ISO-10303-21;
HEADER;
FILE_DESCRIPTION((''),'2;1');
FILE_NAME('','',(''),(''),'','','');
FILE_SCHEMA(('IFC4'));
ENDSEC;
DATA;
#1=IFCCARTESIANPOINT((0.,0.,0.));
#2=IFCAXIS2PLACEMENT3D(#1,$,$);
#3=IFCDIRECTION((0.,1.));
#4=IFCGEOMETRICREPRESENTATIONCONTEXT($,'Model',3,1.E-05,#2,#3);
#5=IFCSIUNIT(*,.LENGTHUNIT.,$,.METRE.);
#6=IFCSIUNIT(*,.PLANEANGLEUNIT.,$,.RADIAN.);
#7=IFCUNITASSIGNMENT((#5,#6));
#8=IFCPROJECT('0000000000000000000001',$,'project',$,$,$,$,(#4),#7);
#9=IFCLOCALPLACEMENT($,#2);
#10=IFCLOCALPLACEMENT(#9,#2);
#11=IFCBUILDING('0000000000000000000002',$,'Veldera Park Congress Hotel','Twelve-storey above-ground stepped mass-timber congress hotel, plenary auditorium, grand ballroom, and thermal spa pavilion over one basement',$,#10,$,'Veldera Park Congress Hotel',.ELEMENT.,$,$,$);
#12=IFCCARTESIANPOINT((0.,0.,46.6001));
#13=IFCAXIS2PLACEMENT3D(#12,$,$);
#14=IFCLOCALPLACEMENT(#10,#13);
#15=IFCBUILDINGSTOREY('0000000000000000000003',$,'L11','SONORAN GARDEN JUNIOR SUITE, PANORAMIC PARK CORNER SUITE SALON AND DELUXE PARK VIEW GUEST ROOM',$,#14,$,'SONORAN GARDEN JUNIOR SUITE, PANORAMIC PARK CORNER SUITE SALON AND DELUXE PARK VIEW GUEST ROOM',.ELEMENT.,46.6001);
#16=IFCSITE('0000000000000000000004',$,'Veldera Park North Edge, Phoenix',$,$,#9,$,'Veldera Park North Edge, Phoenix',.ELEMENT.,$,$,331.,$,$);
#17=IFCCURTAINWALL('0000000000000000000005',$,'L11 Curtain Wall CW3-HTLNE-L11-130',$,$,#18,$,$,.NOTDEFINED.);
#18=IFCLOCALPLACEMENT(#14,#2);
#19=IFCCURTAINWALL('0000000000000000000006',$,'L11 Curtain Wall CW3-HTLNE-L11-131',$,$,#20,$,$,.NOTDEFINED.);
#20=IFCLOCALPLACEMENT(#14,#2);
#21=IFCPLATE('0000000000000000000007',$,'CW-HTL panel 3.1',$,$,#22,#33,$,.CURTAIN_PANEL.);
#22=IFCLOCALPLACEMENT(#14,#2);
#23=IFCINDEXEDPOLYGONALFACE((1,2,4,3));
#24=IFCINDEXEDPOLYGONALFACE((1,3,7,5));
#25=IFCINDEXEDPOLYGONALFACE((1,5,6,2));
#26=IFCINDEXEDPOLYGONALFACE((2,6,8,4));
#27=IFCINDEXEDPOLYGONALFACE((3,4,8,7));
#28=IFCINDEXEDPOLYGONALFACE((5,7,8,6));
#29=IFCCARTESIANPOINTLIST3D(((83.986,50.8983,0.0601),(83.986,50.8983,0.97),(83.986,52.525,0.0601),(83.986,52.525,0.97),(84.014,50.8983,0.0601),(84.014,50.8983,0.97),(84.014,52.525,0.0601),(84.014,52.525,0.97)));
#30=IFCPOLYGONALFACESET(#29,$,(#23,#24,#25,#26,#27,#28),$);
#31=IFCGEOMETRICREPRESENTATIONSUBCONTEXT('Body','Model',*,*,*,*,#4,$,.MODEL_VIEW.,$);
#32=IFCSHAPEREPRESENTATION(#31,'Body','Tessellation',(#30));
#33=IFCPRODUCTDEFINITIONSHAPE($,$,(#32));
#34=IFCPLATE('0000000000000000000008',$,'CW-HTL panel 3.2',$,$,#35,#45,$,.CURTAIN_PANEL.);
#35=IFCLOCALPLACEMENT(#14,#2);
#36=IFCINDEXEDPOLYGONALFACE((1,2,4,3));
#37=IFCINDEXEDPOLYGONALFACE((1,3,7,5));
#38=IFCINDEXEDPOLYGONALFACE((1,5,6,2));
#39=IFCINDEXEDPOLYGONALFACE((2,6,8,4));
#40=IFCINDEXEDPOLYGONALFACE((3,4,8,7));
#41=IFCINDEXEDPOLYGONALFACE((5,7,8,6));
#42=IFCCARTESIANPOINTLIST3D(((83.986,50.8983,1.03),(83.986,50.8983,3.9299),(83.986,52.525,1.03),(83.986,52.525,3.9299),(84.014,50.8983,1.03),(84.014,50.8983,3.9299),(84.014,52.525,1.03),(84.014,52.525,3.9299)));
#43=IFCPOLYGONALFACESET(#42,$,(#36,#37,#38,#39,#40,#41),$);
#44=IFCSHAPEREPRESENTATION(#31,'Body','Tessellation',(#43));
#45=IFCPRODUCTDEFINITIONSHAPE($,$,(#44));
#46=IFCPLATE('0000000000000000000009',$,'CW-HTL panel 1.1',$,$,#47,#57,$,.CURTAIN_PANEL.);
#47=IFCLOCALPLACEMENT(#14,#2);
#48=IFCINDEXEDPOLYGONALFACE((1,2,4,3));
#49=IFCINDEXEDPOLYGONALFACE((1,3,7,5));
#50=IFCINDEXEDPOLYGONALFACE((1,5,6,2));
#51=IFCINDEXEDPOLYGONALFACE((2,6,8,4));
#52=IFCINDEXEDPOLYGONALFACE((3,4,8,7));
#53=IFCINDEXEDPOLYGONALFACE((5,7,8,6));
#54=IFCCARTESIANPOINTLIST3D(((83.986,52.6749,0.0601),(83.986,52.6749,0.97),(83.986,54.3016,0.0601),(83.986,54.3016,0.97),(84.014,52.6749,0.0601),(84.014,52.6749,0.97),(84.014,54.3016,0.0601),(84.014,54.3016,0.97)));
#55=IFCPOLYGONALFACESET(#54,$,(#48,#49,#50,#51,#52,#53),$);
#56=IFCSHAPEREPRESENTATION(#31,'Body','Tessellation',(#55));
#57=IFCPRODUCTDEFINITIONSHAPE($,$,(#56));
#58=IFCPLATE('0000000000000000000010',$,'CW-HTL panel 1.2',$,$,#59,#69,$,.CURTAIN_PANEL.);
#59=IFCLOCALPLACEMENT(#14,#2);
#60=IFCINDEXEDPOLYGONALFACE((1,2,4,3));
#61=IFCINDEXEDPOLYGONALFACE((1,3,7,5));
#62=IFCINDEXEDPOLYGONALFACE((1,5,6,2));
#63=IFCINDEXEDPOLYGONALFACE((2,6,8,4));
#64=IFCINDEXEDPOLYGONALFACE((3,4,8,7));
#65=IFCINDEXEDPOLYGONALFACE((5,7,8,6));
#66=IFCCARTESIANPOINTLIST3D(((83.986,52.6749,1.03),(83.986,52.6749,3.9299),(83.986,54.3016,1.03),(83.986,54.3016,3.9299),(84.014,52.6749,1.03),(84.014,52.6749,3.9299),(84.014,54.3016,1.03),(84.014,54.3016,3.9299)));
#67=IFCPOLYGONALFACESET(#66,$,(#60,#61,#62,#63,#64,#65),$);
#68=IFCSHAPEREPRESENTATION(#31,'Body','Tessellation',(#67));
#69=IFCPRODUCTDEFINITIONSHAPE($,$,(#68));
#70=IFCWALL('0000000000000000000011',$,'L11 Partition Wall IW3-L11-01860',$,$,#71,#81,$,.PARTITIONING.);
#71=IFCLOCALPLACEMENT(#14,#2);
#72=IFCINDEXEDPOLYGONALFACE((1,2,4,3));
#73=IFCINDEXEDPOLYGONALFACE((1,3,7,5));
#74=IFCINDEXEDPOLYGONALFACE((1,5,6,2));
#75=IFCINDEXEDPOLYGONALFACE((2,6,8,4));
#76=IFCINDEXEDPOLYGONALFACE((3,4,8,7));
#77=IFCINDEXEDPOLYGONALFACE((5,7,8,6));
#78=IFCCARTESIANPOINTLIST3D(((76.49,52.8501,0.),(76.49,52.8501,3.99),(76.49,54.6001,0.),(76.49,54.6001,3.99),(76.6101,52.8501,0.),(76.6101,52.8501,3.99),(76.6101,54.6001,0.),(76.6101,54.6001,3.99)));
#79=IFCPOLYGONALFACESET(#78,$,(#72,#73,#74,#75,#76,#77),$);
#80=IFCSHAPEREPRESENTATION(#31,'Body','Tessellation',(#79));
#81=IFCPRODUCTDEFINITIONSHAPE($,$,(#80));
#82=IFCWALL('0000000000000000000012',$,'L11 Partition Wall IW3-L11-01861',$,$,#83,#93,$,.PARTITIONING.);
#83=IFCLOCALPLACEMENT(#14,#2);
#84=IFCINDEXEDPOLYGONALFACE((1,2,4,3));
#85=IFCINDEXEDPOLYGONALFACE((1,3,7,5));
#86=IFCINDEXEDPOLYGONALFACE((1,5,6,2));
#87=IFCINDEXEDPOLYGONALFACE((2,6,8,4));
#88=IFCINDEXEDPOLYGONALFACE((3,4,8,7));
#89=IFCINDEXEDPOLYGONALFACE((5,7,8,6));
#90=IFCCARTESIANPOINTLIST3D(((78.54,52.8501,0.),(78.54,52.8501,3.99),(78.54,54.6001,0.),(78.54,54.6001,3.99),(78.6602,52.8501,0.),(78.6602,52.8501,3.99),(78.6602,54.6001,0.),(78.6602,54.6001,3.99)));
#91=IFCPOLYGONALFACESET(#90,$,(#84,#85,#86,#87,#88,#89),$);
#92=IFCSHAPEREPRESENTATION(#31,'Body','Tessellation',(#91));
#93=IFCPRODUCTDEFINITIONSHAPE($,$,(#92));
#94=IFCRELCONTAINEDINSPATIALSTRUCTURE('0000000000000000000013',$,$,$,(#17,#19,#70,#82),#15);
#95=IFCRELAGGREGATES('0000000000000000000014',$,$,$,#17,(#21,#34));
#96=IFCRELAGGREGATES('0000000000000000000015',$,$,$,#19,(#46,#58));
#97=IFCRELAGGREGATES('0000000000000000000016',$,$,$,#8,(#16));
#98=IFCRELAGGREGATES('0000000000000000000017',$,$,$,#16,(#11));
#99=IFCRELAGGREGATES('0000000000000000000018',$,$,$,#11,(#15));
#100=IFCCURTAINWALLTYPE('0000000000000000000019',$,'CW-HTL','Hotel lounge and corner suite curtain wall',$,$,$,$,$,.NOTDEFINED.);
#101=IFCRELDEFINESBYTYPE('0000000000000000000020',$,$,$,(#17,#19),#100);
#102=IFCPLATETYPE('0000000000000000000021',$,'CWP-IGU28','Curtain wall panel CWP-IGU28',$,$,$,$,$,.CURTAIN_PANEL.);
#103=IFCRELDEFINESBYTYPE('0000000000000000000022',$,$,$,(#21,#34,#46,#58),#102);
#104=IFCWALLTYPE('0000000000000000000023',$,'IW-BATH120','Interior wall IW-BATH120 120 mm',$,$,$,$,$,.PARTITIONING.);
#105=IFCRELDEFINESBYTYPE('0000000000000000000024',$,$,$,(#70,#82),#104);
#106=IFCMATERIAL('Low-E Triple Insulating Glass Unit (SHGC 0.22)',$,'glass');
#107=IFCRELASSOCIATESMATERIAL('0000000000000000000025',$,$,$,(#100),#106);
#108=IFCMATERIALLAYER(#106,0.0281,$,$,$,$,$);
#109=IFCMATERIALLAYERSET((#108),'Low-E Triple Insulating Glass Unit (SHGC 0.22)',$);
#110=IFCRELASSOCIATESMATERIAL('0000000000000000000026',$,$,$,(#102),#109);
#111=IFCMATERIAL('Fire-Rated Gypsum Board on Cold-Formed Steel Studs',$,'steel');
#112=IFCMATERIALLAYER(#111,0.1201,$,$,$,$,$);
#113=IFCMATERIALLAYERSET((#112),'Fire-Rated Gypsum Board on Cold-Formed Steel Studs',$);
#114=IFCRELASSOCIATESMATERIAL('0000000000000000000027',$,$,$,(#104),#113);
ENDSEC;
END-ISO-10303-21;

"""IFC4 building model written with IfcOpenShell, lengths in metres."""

from ifc_helpers import new_model, si_unit, direction, frame, frame_2d, origin, origin_2d, place, context, subcontext, project, spatial, rectangle, extrude, material, layer, layer_set, type_object, element, aggregate, save


model = new_model("IFC4")

# Units and contexts
model_context = context("Model", 3, precision=1e-05, world=origin(), true_north=direction((0.0, 1.0)))
body_context = subcontext(model_context, "Body", "Model", "MODEL_VIEW")
ifc_project = project(units=[si_unit("LENGTHUNIT", "METRE"), si_unit("PLANEANGLEUNIT", "RADIAN")], contexts=[model_context])

# Site, building, storey
site_placement = place(None, origin())
site = spatial("IfcSite", under=ifc_project, at=site_placement, Name="Veldera Park North Edge, Phoenix", LongName="Veldera Park North Edge, Phoenix", CompositionType="ELEMENT", RefElevation=331.0)
building_placement = place(site_placement, origin())
building = spatial("IfcBuilding", under=site, at=building_placement, Name="Veldera Park Congress Hotel", Description="Twelve-storey above-ground stepped mass-timber congress hotel, plenary auditorium, grand ballroom, and thermal spa pavilion over one basement", LongName="Veldera Park Congress Hotel", CompositionType="ELEMENT")
storey_placement = place(building_placement, frame((0.0, 0.0, 46.6001)))
storey = spatial("IfcBuildingStorey", under=building, at=storey_placement, Name="L11", Description="SONORAN GARDEN JUNIOR SUITE, PANORAMIC PARK CORNER SUITE SALON AND DELUXE PARK VIEW GUEST ROOM", LongName="SONORAN GARDEN JUNIOR SUITE, PANORAMIC PARK CORNER SUITE SALON AND DELUXE PARK VIEW GUEST ROOM", CompositionType="ELEMENT", Elevation=46.6001)

# Curtain walls
ifc_material_1 = material(Name="Low-E Triple Insulating Glass Unit (SHGC 0.22)", Category="glass")
curtain_wall_type = type_object("IfcCurtainWallType", Name="CW-HTL", Description="Hotel lounge and corner suite curtain wall", PredefinedType="NOTDEFINED", material=ifc_material_1)
curtain_wall_1_placement = place(storey_placement, origin())
curtain_wall_1 = element("IfcCurtainWall", 1, at=curtain_wall_1_placement, inside=storey, type_object=curtain_wall_type, Name="L11 Curtain Wall CW3-HTLNE-L11-130", PredefinedType="NOTDEFINED")
curtain_wall_2_placement = place(storey_placement, origin())
curtain_wall_2 = element("IfcCurtainWall", 2, at=curtain_wall_2_placement, inside=storey, type_object=curtain_wall_type, Name="L11 Curtain Wall CW3-HTLNE-L11-131", PredefinedType="NOTDEFINED")

# Plates
ifc_layer_1 = layer(ifc_material_1, 0.0281)
ifc_layer_set_1 = layer_set([ifc_layer_1], Name="Low-E Triple Insulating Glass Unit (SHGC 0.22)")
plate_type = type_object("IfcPlateType", Name="CWP-IGU28", Description="Curtain wall panel CWP-IGU28", PredefinedType="CURTAIN_PANEL", material=ifc_layer_set_1)
plate_1_placement = place(storey_placement, frame((84.0, 51.7117, 0.0601), z_axis=(0.0, 0.0, 1.0), x_axis=(0.0, 1.0, 0.0)))
plate_1 = element("IfcPlate", 3, at=plate_1_placement, type_object=plate_type, Name="CW-HTL panel 3.1", PredefinedType="CURTAIN_PANEL", context=body_context, shape_type="SweptSolid", body=[
    extrude(rectangle(XDim=1.6267, YDim=0.0281, at=origin_2d()), origin(), (0.0, 0.0, 1.0), 0.9099),
])
plate_2_placement = place(storey_placement, frame((84.0, 51.7117, 1.03), z_axis=(0.0, 0.0, 1.0), x_axis=(0.0, 1.0, 0.0)))
plate_2 = element("IfcPlate", 4, at=plate_2_placement, type_object=plate_type, Name="CW-HTL panel 3.2", PredefinedType="CURTAIN_PANEL", context=body_context, shape_type="SweptSolid", body=[
    extrude(rectangle(XDim=1.6267, YDim=0.0281, at=origin_2d()), origin(), (0.0, 0.0, 1.0), 2.8999),
])
aggregate(curtain_wall_1, [plate_1, plate_2])
plate_3_placement = place(storey_placement, frame((84.0, 53.4883, 0.0601), z_axis=(0.0, 0.0, 1.0), x_axis=(0.0, 1.0, 0.0)))
plate_3 = element("IfcPlate", 5, at=plate_3_placement, type_object=plate_type, Name="CW-HTL panel 1.1", PredefinedType="CURTAIN_PANEL", context=body_context, shape_type="SweptSolid", body=[
    extrude(rectangle(XDim=1.6267, YDim=0.0281, at=origin_2d()), origin(), (0.0, 0.0, 1.0), 0.9099),
])
plate_4_placement = place(storey_placement, frame((84.0, 53.4883, 1.03), z_axis=(0.0, 0.0, 1.0), x_axis=(0.0, 1.0, 0.0)))
plate_4 = element("IfcPlate", 6, at=plate_4_placement, type_object=plate_type, Name="CW-HTL panel 1.2", PredefinedType="CURTAIN_PANEL", context=body_context, shape_type="SweptSolid", body=[
    extrude(rectangle(XDim=1.6267, YDim=0.0281, at=origin_2d()), origin(), (0.0, 0.0, 1.0), 2.8999),
])
aggregate(curtain_wall_2, [plate_3, plate_4])

# Shared definitions
ifc_material_2 = material(Name="Fire-Rated Gypsum Board on Cold-Formed Steel Studs", Category="steel")
ifc_layer_2 = layer(ifc_material_2, 0.1201)
ifc_layer_set_2 = layer_set([ifc_layer_2], Name="Fire-Rated Gypsum Board on Cold-Formed Steel Studs")
wall_type = type_object("IfcWallType", Name="IW-BATH120", Description="Interior wall IW-BATH120 120 mm", PredefinedType="PARTITIONING", material=ifc_layer_set_2)

# Walls
for number, where, z_axis, x_axis, name in (
    (7, (76.55, 52.8501, 0.0), (0.0, 0.0, 1.0), (0.0, 1.0, 0.0), "L11 Partition Wall IW3-L11-01860"),
    (8, (78.6001, 52.8501, 0.0), (0.0, 0.0, 1.0), (0.0, 1.0, 0.0), "L11 Partition Wall IW3-L11-01861"),
):
    element("IfcWall", number, at=place(storey_placement, frame(where, z_axis=z_axis, x_axis=x_axis)), inside=storey, type_object=wall_type, Name=name, PredefinedType="PARTITIONING", context=body_context, shape_type="SweptSolid", body=[
        extrude(rectangle(XDim=1.75, YDim=0.1201, at=frame_2d((0.875, 0.0))), origin(), (0.0, 0.0, 1.0), 3.99),
    ])

save(model, "model.ifc")
